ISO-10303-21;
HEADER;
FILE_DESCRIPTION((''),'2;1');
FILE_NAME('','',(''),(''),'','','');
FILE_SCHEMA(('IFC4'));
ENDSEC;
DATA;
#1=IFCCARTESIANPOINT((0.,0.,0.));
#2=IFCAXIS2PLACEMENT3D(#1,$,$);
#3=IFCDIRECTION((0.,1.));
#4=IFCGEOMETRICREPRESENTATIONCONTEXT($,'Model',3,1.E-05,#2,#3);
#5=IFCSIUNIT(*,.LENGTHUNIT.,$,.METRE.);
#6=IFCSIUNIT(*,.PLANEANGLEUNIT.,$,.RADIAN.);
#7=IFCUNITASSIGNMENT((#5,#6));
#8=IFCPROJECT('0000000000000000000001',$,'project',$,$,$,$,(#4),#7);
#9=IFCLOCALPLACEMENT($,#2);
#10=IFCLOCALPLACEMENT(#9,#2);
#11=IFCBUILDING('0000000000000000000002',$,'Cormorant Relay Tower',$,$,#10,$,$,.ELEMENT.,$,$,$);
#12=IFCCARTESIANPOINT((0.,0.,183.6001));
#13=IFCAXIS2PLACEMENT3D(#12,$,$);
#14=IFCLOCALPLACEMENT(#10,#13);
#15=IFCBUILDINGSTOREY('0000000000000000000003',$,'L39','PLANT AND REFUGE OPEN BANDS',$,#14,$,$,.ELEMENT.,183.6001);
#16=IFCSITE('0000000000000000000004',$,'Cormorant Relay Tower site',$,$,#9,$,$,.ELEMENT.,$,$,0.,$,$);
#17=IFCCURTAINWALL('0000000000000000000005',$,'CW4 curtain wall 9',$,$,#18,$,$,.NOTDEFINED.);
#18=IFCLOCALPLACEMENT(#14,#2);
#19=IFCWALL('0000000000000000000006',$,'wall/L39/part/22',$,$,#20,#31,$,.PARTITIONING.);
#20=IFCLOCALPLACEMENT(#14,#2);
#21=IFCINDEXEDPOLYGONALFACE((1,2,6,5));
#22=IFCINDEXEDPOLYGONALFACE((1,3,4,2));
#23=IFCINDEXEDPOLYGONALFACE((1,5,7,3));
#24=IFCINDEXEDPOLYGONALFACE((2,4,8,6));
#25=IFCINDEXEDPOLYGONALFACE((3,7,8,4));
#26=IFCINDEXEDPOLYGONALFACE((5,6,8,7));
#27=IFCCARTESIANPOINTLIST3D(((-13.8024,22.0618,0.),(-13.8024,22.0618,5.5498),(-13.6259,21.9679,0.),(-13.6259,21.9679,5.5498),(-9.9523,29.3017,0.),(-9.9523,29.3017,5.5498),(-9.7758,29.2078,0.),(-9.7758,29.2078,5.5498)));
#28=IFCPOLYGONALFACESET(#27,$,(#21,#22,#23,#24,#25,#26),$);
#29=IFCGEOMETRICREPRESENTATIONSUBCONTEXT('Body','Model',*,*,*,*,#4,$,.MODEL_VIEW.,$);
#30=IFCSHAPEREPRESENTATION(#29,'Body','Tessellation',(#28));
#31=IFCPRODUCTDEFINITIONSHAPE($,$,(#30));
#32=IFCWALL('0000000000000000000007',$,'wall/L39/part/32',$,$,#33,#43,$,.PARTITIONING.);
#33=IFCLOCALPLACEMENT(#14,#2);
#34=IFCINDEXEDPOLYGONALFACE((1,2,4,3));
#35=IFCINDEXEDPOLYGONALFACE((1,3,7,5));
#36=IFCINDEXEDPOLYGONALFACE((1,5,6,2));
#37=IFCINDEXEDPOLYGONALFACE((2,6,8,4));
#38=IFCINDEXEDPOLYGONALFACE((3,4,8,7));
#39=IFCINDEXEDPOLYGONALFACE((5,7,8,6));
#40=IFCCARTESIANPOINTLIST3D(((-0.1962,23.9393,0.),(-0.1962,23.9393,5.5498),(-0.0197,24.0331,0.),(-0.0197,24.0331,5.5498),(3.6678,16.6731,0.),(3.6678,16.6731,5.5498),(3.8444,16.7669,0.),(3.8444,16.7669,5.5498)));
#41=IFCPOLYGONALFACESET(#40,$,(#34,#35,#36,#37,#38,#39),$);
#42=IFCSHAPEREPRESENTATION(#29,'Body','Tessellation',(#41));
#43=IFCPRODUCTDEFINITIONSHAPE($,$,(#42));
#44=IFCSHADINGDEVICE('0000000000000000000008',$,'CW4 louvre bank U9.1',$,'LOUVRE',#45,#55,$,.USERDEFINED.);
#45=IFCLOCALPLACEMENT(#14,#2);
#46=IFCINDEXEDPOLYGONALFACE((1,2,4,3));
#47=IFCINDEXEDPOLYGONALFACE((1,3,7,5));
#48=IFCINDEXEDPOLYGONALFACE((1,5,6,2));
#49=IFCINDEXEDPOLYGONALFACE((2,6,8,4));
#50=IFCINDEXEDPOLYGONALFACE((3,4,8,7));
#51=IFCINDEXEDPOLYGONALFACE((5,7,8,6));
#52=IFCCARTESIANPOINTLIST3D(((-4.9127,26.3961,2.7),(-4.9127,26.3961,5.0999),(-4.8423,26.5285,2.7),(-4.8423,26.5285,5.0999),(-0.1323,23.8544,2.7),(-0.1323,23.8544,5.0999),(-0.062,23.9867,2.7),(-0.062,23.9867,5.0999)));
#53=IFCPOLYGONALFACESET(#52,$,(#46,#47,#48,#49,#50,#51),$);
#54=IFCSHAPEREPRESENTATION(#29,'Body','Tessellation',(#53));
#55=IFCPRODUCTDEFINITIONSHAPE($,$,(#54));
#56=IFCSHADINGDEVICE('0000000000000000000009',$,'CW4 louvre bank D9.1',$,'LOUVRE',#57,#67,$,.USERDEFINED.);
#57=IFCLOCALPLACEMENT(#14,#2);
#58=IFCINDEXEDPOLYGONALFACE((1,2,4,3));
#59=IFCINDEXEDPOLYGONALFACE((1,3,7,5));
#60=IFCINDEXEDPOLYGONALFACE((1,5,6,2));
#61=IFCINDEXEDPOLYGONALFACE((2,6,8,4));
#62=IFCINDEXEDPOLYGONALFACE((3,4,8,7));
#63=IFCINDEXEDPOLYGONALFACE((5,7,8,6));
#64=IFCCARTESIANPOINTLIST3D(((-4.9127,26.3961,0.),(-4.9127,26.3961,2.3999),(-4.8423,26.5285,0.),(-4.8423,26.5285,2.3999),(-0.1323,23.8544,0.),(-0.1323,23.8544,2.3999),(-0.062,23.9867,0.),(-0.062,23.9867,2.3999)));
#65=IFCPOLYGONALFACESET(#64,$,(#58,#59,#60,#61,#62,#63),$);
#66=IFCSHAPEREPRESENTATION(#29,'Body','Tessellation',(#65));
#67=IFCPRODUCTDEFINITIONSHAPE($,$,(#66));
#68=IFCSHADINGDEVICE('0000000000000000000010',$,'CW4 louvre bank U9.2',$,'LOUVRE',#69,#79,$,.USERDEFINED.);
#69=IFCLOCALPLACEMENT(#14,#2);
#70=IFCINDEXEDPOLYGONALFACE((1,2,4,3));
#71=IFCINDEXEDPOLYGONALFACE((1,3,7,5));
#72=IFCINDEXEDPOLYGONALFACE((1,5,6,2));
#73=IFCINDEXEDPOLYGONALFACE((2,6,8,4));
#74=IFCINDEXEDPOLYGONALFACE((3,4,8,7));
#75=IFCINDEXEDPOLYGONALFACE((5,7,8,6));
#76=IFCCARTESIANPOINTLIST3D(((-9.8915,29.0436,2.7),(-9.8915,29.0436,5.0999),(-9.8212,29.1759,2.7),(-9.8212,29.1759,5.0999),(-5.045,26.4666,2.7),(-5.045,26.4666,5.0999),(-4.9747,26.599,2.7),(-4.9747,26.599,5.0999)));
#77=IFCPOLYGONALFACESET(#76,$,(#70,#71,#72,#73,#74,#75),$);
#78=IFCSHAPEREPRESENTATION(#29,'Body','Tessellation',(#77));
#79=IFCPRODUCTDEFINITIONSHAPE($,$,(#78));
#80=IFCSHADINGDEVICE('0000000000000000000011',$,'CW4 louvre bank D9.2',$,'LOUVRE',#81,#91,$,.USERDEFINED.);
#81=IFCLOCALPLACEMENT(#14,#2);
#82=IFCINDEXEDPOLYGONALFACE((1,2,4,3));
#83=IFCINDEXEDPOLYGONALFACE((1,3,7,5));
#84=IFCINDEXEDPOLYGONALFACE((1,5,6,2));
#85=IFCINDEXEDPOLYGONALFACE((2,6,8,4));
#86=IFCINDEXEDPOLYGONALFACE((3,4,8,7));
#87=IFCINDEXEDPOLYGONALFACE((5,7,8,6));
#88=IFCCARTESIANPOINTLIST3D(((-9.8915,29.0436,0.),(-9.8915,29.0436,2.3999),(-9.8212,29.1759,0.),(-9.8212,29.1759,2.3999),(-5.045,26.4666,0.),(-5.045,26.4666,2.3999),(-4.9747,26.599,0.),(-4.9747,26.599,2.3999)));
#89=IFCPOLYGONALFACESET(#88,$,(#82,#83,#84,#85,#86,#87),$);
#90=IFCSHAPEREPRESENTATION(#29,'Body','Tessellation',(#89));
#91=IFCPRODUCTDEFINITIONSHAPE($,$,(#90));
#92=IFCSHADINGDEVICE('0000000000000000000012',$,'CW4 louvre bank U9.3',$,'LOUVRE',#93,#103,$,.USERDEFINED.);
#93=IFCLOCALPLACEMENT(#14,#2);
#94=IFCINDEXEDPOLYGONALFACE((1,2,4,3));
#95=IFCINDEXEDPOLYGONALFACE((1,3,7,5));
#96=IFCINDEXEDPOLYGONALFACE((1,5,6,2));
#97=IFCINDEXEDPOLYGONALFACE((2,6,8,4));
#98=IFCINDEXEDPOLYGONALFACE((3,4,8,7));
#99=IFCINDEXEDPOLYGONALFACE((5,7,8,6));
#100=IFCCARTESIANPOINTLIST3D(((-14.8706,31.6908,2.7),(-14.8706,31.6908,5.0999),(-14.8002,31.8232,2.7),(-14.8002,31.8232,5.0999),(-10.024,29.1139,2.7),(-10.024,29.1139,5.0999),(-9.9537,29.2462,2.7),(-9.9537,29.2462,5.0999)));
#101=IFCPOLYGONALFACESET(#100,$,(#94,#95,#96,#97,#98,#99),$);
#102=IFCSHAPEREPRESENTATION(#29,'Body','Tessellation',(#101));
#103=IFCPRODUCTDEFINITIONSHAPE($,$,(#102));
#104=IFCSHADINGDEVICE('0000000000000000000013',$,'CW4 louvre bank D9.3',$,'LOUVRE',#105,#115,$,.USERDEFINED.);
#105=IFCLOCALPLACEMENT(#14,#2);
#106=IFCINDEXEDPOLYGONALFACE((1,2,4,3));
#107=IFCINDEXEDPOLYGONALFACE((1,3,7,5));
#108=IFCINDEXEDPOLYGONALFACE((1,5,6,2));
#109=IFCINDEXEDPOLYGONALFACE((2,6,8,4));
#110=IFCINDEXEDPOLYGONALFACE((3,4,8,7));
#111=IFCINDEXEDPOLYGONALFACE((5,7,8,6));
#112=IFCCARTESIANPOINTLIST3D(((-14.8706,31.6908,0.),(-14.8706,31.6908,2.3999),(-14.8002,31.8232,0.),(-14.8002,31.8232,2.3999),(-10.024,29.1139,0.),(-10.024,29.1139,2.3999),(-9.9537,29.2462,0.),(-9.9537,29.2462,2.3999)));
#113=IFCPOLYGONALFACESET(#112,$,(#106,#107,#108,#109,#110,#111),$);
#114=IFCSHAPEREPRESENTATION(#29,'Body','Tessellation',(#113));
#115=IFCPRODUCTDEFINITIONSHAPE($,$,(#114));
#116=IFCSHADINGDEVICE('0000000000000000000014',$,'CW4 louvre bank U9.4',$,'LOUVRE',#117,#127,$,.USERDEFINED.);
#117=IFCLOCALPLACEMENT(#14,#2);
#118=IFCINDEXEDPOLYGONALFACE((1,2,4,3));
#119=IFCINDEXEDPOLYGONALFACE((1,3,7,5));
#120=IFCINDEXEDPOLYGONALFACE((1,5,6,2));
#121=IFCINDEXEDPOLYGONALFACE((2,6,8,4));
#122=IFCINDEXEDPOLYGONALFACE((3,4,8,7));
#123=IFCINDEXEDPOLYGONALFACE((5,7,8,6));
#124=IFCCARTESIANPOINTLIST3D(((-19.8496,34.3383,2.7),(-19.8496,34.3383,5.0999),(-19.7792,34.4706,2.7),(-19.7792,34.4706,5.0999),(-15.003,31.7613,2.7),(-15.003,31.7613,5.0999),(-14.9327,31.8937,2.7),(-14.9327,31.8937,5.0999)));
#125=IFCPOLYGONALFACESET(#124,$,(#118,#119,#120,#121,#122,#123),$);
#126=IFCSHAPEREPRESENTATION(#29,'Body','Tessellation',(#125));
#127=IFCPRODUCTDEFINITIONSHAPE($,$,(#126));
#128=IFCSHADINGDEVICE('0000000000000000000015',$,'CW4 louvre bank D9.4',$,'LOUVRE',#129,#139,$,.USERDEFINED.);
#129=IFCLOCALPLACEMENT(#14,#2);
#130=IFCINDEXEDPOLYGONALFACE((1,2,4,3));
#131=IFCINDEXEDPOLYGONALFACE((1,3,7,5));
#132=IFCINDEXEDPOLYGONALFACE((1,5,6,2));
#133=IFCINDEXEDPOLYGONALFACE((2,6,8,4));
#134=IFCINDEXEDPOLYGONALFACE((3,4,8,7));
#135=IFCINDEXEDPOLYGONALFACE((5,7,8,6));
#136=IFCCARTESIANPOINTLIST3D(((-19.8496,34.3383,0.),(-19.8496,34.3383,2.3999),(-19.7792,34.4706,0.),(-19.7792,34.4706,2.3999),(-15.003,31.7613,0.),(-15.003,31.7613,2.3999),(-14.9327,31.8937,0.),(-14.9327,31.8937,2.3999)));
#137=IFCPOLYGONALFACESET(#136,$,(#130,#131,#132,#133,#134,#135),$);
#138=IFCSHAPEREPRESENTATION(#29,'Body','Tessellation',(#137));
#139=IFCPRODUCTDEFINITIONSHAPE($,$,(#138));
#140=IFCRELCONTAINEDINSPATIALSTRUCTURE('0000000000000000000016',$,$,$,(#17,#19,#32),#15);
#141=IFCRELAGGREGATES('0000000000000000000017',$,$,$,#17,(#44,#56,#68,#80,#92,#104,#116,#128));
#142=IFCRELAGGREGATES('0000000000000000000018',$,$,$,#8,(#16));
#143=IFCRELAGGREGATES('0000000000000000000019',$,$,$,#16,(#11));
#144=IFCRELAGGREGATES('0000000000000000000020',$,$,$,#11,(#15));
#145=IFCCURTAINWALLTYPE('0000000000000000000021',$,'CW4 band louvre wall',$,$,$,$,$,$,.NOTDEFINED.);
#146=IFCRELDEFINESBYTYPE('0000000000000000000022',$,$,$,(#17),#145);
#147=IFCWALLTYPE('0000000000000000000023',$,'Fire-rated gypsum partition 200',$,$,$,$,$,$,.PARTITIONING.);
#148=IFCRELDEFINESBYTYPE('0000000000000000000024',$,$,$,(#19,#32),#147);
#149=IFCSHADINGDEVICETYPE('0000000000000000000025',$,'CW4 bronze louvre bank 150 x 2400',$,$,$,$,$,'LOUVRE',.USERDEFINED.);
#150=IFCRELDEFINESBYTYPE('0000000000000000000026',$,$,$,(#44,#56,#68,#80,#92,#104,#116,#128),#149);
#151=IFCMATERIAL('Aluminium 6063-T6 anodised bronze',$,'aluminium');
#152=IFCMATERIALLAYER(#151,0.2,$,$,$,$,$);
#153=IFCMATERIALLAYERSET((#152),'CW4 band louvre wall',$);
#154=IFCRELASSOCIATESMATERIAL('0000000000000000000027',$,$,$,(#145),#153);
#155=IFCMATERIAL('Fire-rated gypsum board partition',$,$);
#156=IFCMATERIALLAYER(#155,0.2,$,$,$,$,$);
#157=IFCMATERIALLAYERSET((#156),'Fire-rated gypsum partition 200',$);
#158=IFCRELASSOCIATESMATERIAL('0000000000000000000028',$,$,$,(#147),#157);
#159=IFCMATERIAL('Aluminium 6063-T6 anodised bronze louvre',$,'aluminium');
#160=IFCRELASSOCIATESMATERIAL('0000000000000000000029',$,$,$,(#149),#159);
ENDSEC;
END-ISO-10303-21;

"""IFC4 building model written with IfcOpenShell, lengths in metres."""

from ifc_helpers import new_model, si_unit, direction, frame, frame_2d, origin, origin_2d, place, context, subcontext, project, spatial, rectangle, extrude, material, layer, layer_set, type_object, element, aggregate, save


model = new_model("IFC4")

# Units and contexts
model_context = context("Model", 3, precision=1e-05, world=origin(), true_north=direction((0.0, 1.0)))
body_context = subcontext(model_context, "Body", "Model", "MODEL_VIEW")
ifc_project = project(units=[si_unit("LENGTHUNIT", "METRE"), si_unit("PLANEANGLEUNIT", "RADIAN")], contexts=[model_context])

# Site, building, storey
site_placement = place(None, origin())
site = spatial("IfcSite", under=ifc_project, at=site_placement, Name="Cormorant Relay Tower site", CompositionType="ELEMENT", RefElevation=0.0)
building_placement = place(site_placement, origin())
building = spatial("IfcBuilding", under=site, at=building_placement, Name="Cormorant Relay Tower", CompositionType="ELEMENT")
storey_placement = place(building_placement, frame((0.0, 0.0, 183.6001)))
storey = spatial("IfcBuildingStorey", under=building, at=storey_placement, Name="L39", Description="PLANT AND REFUGE OPEN BANDS", CompositionType="ELEMENT", Elevation=183.6001)

# Curtain wall
ifc_material_1 = material(Name="Aluminium 6063-T6 anodised bronze", Category="aluminium")
ifc_layer_1 = layer(ifc_material_1, 0.2)
ifc_layer_set_1 = layer_set([ifc_layer_1], Name="CW4 band louvre wall")
curtain_wall_type = type_object("IfcCurtainWallType", Name="CW4 band louvre wall", PredefinedType="NOTDEFINED", material=ifc_layer_set_1)
curtain_wall_placement = place(storey_placement, origin())
curtain_wall = element("IfcCurtainWall", 1, at=curtain_wall_placement, inside=storey, type_object=curtain_wall_type, Name="CW4 curtain wall 9", PredefinedType="NOTDEFINED")

# Walls
ifc_material_2 = material(Name="Fire-rated gypsum board partition")
ifc_layer_2 = layer(ifc_material_2, 0.2)
ifc_layer_set_2 = layer_set([ifc_layer_2], Name="Fire-rated gypsum partition 200")
wall_type = type_object("IfcWallType", Name="Fire-rated gypsum partition 200", PredefinedType="PARTITIONING", material=ifc_layer_set_2)
wall_1_placement = place(storey_placement, frame((-9.864, 29.2549, 0.0), z_axis=(0.0, 0.0, 1.0), x_axis=(-0.469522, -0.882921, 0.0)))
element("IfcWall", 2, at=wall_1_placement, inside=storey, type_object=wall_type, Name="wall/L39/part/22", PredefinedType="PARTITIONING", context=body_context, shape_type="SweptSolid", body=[
    extrude(rectangle(XDim=8.2, YDim=0.2, at=frame_2d((4.1001, 0.0))), origin(), (0.0, 0.0, 1.0), 5.5498),
])
wall_2_placement = place(storey_placement, frame((-0.1079, 23.9861, 0.0), z_axis=(0.0, 0.0, 1.0), x_axis=(0.469524, -0.88292, 0.0)))
element("IfcWall", 3, at=wall_2_placement, inside=storey, type_object=wall_type, Name="wall/L39/part/32", PredefinedType="PARTITIONING", context=body_context, shape_type="SweptSolid", body=[
    extrude(rectangle(XDim=8.2297, YDim=0.2, at=frame_2d((4.1147, 0.0))), origin(), (0.0, 0.0, 1.0), 5.5498),
])

# Shading devices
ifc_material_3 = material(Name="Aluminium 6063-T6 anodised bronze louvre", Category="aluminium")
shading_device_type = type_object("IfcShadingDeviceType", Name="CW4 bronze louvre bank 150 x 2400", ElementType="LOUVRE", PredefinedType="USERDEFINED", material=ifc_material_3)
shading_device_1_placement = place(storey_placement, frame((-2.4873, 25.1914, 2.7), z_axis=(0.0, 0.0, 1.0), x_axis=(-0.882948, 0.469472, 0.0)))
shading_device_1 = element("IfcShadingDevice", 4, at=shading_device_1_placement, type_object=shading_device_type, Name="CW4 louvre bank U9.1", ObjectType="LOUVRE", PredefinedType="USERDEFINED", context=body_context, shape_type="SweptSolid", body=[
    extrude(rectangle(XDim=5.4141, YDim=0.1499, at=origin_2d()), origin(), (0.0, 0.0, 1.0), 2.3999),
])
shading_device_2_placement = place(storey_placement, frame((-2.4873, 25.1914, 0.0), z_axis=(0.0, 0.0, 1.0), x_axis=(-0.882948, 0.469472, 0.0)))
shading_device_2 = element("IfcShadingDevice", 5, at=shading_device_2_placement, type_object=shading_device_type, Name="CW4 louvre bank D9.1", ObjectType="LOUVRE", PredefinedType="USERDEFINED", context=body_context, shape_type="SweptSolid", body=[
    extrude(rectangle(XDim=5.4141, YDim=0.1499, at=origin_2d()), origin(), (0.0, 0.0, 1.0), 2.3999),
])
shading_device_3_placement = place(storey_placement, frame((-7.4331, 27.8213, 2.7), z_axis=(0.0, 0.0, 1.0), x_axis=(-0.882948, 0.469472, 0.0)))
shading_device_3 = element("IfcShadingDevice", 6, at=shading_device_3_placement, type_object=shading_device_type, Name="CW4 louvre bank U9.2", ObjectType="LOUVRE", PredefinedType="USERDEFINED", context=body_context, shape_type="SweptSolid", body=[
    extrude(rectangle(XDim=5.489, YDim=0.1499, at=origin_2d()), origin(), (0.0, 0.0, 1.0), 2.3999),
])
shading_device_4_placement = place(storey_placement, frame((-7.4331, 27.8213, 0.0), z_axis=(0.0, 0.0, 1.0), x_axis=(-0.882948, 0.469472, 0.0)))
shading_device_4 = element("IfcShadingDevice", 7, at=shading_device_4_placement, type_object=shading_device_type, Name="CW4 louvre bank D9.2", ObjectType="LOUVRE", PredefinedType="USERDEFINED", context=body_context, shape_type="SweptSolid", body=[
    extrude(rectangle(XDim=5.489, YDim=0.1499, at=origin_2d()), origin(), (0.0, 0.0, 1.0), 2.3999),
])
shading_device_5_placement = place(storey_placement, frame((-12.4121, 30.4685, 2.7), z_axis=(0.0, 0.0, 1.0), x_axis=(-0.882948, 0.469472, 0.0)))
shading_device_5 = element("IfcShadingDevice", 8, at=shading_device_5_placement, type_object=shading_device_type, Name="CW4 louvre bank U9.3", ObjectType="LOUVRE", PredefinedType="USERDEFINED", context=body_context, shape_type="SweptSolid", body=[
    extrude(rectangle(XDim=5.489, YDim=0.1499, at=origin_2d()), origin(), (0.0, 0.0, 1.0), 2.3999),
])
shading_device_6_placement = place(storey_placement, frame((-12.4121, 30.4685, 0.0), z_axis=(0.0, 0.0, 1.0), x_axis=(-0.882948, 0.469472, 0.0)))
shading_device_6 = element("IfcShadingDevice", 9, at=shading_device_6_placement, type_object=shading_device_type, Name="CW4 louvre bank D9.3", ObjectType="LOUVRE", PredefinedType="USERDEFINED", context=body_context, shape_type="SweptSolid", body=[
    extrude(rectangle(XDim=5.489, YDim=0.1499, at=origin_2d()), origin(), (0.0, 0.0, 1.0), 2.3999),
])
shading_device_7_placement = place(storey_placement, frame((-17.3911, 33.116, 2.7), z_axis=(0.0, 0.0, 1.0), x_axis=(-0.882948, 0.469472, 0.0)))
shading_device_7 = element("IfcShadingDevice", 10, at=shading_device_7_placement, type_object=shading_device_type, Name="CW4 louvre bank U9.4", ObjectType="LOUVRE", PredefinedType="USERDEFINED", context=body_context, shape_type="SweptSolid", body=[
    extrude(rectangle(XDim=5.489, YDim=0.1499, at=origin_2d()), origin(), (0.0, 0.0, 1.0), 2.3999),
])
shading_device_8_placement = place(storey_placement, frame((-17.3911, 33.116, 0.0), z_axis=(0.0, 0.0, 1.0), x_axis=(-0.882948, 0.469472, 0.0)))
shading_device_8 = element("IfcShadingDevice", 11, at=shading_device_8_placement, type_object=shading_device_type, Name="CW4 louvre bank D9.4", ObjectType="LOUVRE", PredefinedType="USERDEFINED", context=body_context, shape_type="SweptSolid", body=[
    extrude(rectangle(XDim=5.489, YDim=0.1499, at=origin_2d()), origin(), (0.0, 0.0, 1.0), 2.3999),
])
aggregate(curtain_wall, [shading_device_1, shading_device_2, shading_device_3, shading_device_4, shading_device_5, shading_device_6, shading_device_7, shading_device_8])

save(model, "model.ifc")
